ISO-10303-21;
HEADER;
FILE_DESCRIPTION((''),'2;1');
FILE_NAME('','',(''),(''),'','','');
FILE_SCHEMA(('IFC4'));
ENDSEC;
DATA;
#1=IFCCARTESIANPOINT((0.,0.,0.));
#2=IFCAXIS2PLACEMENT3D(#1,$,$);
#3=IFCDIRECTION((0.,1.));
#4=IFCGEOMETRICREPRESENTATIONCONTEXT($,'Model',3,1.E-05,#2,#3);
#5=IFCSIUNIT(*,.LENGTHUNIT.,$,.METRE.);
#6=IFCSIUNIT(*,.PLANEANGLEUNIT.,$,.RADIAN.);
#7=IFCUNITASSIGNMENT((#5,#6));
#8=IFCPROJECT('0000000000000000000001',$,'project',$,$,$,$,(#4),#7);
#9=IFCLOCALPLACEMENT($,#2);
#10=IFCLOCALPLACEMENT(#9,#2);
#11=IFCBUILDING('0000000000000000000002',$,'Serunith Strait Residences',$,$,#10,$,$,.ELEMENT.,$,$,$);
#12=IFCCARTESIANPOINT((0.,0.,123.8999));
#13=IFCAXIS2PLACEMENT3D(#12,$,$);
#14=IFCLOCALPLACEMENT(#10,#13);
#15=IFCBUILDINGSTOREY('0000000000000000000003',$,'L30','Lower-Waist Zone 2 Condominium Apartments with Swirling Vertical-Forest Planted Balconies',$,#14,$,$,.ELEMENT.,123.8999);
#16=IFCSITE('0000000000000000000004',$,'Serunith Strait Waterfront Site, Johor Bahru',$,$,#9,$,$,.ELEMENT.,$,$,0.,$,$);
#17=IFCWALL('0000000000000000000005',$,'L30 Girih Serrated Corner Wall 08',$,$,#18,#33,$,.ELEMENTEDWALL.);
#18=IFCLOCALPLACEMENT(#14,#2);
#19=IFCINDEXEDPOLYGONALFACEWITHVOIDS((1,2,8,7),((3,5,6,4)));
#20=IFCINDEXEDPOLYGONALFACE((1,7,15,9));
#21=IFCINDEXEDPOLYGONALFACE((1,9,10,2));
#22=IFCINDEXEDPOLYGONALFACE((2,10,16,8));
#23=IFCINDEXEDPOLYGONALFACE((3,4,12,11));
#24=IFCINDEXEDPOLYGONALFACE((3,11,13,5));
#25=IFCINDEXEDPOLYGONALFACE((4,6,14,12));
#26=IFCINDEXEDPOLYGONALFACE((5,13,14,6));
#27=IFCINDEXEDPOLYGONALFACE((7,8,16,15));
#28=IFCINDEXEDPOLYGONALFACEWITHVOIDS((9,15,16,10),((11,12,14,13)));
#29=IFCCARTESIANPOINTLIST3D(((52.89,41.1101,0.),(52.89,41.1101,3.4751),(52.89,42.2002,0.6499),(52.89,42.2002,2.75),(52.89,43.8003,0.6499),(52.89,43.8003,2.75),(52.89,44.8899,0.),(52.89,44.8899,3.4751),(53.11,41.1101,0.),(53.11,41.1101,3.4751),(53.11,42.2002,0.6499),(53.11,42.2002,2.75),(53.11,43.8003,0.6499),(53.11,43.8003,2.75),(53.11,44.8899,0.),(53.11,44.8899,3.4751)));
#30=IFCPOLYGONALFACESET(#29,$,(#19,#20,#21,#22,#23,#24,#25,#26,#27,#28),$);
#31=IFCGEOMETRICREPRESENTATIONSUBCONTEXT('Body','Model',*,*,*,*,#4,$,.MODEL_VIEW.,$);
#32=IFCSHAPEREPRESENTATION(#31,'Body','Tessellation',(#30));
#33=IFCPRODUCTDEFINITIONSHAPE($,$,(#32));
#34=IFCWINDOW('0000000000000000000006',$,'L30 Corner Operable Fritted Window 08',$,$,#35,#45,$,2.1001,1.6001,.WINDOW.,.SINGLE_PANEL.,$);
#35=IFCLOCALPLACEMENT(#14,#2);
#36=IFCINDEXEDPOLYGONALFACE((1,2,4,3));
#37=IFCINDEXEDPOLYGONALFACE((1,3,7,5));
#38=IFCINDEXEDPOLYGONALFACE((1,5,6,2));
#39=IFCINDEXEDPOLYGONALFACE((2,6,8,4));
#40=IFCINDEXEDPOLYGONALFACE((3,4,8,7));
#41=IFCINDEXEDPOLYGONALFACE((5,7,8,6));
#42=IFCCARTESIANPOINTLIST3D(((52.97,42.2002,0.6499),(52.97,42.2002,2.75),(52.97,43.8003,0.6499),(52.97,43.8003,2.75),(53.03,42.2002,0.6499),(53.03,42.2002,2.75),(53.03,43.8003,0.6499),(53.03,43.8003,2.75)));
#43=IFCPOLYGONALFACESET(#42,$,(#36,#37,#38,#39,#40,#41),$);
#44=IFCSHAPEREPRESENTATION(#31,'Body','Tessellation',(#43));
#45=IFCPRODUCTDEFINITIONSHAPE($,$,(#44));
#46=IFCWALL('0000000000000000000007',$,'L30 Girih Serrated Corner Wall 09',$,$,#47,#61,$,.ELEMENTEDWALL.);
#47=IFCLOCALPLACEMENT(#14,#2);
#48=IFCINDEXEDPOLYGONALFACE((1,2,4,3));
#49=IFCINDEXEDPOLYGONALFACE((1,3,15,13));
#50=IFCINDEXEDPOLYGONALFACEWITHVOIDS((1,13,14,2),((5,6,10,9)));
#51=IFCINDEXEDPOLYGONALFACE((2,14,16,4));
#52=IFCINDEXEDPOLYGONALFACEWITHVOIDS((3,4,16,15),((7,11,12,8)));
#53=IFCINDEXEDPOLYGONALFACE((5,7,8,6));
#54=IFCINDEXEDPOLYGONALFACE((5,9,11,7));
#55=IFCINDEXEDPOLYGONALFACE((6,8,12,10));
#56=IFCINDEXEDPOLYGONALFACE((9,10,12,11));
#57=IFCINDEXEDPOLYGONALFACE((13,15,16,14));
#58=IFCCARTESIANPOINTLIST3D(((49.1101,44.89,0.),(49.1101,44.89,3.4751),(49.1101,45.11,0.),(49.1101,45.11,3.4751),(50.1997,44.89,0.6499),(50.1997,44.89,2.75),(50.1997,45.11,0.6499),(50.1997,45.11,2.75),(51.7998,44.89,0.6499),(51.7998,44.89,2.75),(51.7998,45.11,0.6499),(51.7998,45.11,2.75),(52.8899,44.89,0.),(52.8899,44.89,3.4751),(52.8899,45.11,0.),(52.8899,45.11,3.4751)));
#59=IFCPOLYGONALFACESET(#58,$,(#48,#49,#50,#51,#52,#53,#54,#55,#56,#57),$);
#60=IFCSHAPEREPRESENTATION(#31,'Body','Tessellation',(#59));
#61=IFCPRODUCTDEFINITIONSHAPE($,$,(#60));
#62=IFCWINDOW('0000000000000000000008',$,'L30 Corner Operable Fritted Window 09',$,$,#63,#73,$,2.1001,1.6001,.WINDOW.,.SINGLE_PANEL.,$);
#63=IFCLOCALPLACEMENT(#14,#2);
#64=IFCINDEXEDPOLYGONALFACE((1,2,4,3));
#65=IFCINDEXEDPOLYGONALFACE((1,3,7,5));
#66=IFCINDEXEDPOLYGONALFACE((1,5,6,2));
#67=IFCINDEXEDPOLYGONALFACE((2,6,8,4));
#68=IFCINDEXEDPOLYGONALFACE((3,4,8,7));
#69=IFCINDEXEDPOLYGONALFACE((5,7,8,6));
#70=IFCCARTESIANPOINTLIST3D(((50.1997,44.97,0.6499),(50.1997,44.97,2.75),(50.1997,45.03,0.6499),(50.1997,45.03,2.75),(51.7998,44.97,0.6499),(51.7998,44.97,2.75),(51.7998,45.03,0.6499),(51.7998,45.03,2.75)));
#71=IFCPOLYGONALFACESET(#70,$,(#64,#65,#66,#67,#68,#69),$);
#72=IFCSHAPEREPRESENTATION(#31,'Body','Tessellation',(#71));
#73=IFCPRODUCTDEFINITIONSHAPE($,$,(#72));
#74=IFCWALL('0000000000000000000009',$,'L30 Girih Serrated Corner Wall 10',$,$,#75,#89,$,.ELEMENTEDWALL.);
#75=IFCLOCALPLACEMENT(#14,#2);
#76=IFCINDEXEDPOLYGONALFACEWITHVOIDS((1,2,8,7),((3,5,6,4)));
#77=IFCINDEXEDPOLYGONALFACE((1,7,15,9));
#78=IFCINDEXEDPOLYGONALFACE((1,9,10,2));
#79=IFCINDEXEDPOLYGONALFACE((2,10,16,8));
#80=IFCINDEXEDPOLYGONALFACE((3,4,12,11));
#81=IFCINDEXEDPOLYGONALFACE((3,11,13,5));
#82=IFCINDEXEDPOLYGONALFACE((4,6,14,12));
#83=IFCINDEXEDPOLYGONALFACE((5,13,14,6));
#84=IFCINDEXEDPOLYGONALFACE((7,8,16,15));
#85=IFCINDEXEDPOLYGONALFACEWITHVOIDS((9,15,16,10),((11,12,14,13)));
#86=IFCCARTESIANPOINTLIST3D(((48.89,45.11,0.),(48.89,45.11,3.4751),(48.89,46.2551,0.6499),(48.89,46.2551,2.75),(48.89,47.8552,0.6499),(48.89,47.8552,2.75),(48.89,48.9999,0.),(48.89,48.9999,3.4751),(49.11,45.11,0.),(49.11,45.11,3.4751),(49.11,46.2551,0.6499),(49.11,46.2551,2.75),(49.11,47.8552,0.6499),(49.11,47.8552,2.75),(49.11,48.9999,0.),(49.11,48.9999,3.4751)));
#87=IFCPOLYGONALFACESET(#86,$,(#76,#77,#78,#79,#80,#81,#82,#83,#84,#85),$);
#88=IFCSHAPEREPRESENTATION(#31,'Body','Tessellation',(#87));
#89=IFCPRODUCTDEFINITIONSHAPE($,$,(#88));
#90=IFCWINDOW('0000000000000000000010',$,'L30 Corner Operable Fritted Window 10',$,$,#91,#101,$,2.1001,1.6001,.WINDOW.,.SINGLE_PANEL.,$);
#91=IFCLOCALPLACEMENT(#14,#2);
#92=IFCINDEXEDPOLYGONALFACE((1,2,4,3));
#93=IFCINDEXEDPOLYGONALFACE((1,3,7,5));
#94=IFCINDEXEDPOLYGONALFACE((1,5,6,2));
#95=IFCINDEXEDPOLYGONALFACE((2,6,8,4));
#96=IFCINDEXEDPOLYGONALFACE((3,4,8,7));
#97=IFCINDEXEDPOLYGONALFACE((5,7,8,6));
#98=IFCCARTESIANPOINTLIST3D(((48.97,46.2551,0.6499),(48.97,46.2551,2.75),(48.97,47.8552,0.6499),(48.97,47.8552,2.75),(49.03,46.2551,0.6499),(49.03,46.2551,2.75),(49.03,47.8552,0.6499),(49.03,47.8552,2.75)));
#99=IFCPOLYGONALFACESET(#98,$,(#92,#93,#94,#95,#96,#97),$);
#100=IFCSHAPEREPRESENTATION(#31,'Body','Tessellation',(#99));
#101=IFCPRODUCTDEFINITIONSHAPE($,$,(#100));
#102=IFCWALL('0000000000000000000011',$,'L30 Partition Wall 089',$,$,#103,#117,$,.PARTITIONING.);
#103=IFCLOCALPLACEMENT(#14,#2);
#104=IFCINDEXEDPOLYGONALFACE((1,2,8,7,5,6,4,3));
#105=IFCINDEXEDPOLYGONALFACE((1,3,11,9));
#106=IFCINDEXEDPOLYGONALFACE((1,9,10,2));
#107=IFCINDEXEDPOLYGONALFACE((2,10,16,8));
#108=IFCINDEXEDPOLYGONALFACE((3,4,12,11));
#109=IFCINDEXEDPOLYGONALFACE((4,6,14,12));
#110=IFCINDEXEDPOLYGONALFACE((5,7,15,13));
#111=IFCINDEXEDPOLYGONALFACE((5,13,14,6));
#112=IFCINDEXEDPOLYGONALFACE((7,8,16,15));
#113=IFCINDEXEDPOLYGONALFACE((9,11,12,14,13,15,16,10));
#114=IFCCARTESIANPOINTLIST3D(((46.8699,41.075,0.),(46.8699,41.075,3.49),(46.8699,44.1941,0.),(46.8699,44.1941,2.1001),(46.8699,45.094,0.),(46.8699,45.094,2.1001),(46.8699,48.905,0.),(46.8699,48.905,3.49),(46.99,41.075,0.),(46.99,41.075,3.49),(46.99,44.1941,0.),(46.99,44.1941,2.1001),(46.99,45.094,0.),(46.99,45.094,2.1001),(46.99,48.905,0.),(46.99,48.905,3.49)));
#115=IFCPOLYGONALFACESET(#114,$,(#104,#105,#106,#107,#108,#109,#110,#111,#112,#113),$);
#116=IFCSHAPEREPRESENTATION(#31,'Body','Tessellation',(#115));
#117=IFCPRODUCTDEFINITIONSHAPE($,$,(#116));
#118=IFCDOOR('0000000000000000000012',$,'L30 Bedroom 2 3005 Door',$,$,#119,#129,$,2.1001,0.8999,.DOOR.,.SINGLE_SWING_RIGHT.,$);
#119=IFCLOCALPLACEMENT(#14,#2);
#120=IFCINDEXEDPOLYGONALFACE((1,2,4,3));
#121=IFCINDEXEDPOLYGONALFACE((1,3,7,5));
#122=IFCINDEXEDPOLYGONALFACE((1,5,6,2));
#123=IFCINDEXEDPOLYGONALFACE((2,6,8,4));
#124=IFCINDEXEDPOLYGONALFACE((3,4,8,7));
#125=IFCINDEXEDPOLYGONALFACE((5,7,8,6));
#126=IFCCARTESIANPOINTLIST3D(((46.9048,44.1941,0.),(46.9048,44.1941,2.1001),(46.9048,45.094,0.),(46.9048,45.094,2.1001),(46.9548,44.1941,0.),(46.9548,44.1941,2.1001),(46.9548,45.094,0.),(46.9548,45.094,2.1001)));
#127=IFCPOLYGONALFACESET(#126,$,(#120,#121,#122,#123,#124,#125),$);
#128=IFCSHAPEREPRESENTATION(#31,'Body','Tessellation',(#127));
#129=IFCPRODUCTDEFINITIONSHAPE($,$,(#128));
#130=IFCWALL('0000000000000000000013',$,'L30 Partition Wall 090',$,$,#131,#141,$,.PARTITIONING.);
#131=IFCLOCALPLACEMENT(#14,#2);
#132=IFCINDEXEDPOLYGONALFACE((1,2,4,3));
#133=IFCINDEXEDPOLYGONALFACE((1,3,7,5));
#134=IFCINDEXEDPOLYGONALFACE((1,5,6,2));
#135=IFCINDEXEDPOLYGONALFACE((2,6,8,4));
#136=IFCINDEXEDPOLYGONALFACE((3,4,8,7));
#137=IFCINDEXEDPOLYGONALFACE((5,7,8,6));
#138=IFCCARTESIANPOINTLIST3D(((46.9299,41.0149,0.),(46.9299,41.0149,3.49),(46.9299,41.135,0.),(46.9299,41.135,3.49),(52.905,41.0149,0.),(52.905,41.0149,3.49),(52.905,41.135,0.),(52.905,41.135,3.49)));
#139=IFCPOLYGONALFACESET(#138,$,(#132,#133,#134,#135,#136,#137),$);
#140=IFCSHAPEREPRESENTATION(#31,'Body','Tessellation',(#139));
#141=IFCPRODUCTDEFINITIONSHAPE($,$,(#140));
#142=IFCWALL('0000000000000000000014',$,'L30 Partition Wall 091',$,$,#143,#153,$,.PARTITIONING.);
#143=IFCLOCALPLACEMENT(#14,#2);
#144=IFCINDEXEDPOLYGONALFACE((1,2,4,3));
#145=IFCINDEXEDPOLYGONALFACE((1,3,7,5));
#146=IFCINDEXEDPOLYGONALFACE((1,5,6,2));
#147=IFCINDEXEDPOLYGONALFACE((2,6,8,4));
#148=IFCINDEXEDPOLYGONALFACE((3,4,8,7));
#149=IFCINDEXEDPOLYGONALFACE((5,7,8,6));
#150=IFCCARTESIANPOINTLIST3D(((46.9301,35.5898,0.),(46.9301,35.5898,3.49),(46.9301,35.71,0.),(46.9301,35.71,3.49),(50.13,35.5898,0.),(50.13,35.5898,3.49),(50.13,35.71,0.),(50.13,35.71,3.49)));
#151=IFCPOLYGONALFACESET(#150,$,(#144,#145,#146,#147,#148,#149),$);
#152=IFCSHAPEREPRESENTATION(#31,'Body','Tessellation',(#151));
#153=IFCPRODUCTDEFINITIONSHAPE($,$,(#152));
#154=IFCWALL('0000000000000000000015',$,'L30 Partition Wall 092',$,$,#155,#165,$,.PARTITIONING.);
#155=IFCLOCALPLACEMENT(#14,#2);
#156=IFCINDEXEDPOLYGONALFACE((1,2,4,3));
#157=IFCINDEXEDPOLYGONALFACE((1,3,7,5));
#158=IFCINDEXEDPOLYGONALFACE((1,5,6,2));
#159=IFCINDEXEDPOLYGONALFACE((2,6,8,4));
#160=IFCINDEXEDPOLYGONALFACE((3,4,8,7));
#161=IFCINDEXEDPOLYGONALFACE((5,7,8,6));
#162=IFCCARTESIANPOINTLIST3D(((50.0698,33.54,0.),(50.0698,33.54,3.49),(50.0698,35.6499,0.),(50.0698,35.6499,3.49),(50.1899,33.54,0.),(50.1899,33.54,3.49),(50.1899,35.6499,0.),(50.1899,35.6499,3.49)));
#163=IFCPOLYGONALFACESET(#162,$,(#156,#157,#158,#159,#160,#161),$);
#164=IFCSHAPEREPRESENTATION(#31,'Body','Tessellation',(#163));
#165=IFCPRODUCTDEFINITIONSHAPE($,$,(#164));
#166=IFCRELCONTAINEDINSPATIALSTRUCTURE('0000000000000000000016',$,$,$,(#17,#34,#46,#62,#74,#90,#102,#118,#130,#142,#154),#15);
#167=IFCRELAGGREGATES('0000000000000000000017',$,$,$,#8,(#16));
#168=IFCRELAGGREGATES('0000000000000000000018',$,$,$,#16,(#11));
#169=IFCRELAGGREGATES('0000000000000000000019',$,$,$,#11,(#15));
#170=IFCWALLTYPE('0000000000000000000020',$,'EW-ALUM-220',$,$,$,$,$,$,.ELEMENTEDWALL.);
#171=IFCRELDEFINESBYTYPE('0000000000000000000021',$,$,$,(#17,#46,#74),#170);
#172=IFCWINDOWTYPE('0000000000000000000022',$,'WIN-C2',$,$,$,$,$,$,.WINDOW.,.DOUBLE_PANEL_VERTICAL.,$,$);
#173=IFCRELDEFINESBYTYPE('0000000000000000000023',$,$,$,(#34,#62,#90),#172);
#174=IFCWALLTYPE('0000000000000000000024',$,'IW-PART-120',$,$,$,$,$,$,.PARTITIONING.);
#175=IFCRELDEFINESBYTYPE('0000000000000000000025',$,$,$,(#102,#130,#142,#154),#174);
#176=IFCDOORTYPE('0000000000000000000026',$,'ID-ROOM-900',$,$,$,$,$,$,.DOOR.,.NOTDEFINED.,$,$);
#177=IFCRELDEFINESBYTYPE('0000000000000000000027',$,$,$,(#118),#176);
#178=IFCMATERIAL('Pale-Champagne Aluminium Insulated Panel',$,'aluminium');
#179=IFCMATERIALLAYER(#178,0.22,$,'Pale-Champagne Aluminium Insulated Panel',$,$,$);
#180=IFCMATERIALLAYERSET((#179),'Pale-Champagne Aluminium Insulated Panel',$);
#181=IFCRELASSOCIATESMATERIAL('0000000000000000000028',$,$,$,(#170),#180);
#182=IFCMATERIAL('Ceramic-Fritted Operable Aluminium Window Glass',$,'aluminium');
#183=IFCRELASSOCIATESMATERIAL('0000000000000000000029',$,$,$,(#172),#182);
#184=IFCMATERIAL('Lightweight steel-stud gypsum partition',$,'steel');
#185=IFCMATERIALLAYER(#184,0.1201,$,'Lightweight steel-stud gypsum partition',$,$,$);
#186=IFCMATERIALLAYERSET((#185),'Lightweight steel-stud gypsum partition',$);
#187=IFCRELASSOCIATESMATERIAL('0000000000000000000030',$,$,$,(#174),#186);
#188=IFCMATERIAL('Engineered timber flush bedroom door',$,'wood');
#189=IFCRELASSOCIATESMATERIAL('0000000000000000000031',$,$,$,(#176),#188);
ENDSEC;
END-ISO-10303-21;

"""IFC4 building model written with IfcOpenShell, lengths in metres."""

from ifc_helpers import new_model, si_unit, direction, frame, frame_2d, origin, place, context, subcontext, project, spatial, rectangle, extrude, source, transform, mapped, material, layer, layer_set, type_object, element, fill, save


model = new_model("IFC4")

# Units and contexts
model_context = context("Model", 3, precision=1e-05, world=origin(), true_north=direction((0.0, 1.0)))
body_context = subcontext(model_context, "Body", "Model", "MODEL_VIEW")
ifc_project = project(units=[si_unit("LENGTHUNIT", "METRE"), si_unit("PLANEANGLEUNIT", "RADIAN")], contexts=[model_context])

# Site, building, storey
site_placement = place(None, origin())
site = spatial("IfcSite", under=ifc_project, at=site_placement, Name="Serunith Strait Waterfront Site, Johor Bahru", CompositionType="ELEMENT", RefElevation=0.0)
building_placement = place(site_placement, origin())
building = spatial("IfcBuilding", under=site, at=building_placement, Name="Serunith Strait Residences", CompositionType="ELEMENT")
storey_placement = place(building_placement, frame((0.0, 0.0, 123.8999)))
storey = spatial("IfcBuildingStorey", under=building, at=storey_placement, Name="L30", Description="Lower-Waist Zone 2 Condominium Apartments with Swirling Vertical-Forest Planted Balconies", CompositionType="ELEMENT", Elevation=123.8999)

# Walls, openings, windows
ifc_material_1 = material(Name="Pale-Champagne Aluminium Insulated Panel", Category="aluminium")
ifc_layer_1 = layer(ifc_material_1, 0.22, Name="Pale-Champagne Aluminium Insulated Panel")
ifc_layer_set_1 = layer_set([ifc_layer_1], Name="Pale-Champagne Aluminium Insulated Panel")
wall_type_1 = type_object("IfcWallType", Name="EW-ALUM-220", PredefinedType="ELEMENTEDWALL", material=ifc_layer_set_1)
ifc_material_2 = material(Name="Ceramic-Fritted Operable Aluminium Window Glass", Category="aluminium")
window_type = type_object("IfcWindowType", Name="WIN-C2", PartitioningType="DOUBLE_PANEL_VERTICAL", PredefinedType="WINDOW", material=ifc_material_2)
shared_shape_1 = source(origin(), body_context, "Body", "SweptSolid", [
    extrude(rectangle(XDim=1.6001, YDim=2.1001, at=frame_2d((0.8, 1.05))), frame((0.0, 0.03, 0.0), z_axis=(0.0, -1.0, 0.0), x_axis=(1.0, 0.0, 0.0)), (0.0, 0.0, 1.0), 0.0601),
])
wall_1_placement = place(storey_placement, frame((53.0, 41.1101, 0.0), z_axis=(0.0, 0.0, 1.0), x_axis=(0.0, 1.0, 0.0)))
wall_1 = element("IfcWall", 1, at=wall_1_placement, inside=storey, type_object=wall_type_1, Name="L30 Girih Serrated Corner Wall 08", PredefinedType="ELEMENTEDWALL", context=body_context, shape_type="SweptSolid", body=[
    extrude(rectangle(XDim=3.7798, YDim=0.22, at=frame_2d((1.8899, 0.0))), origin(), (0.0, 0.0, 1.0), 3.4751),
])
opening_1_placement = place(wall_1_placement, frame((1.0901, 0.0, 0.6499)))
opening_1 = element("IfcOpeningElement", 2, at=opening_1_placement, cuts=wall_1, PredefinedType="OPENING", context=body_context, shape_type="SweptSolid", body=[
    extrude(rectangle(XDim=1.6001, YDim=2.1001, at=frame_2d((0.8, 1.05))), frame((0.0, 0.1201, 0.0), z_axis=(0.0, -1.0, 0.0), x_axis=(1.0, 0.0, 0.0)), (0.0, 0.0, 1.0), 0.24),
])
window_1_placement = place(opening_1_placement, origin())
window_1 = element("IfcWindow", 3, at=window_1_placement, inside=storey, type_object=window_type, Name="L30 Corner Operable Fritted Window 08", OverallHeight=2.1001, OverallWidth=1.6001, PartitioningType="SINGLE_PANEL", PredefinedType="WINDOW", context=body_context, shape_type="MappedRepresentation", body=[
    mapped(shared_shape_1, transform((0.0, 0.0, 0.0), scale=1.0)),
])
fill(opening_1, window_1)
wall_2_placement = place(storey_placement, frame((52.8899, 45.0, 0.0), z_axis=(0.0, 0.0, 1.0), x_axis=(-1.0, 0.0, 0.0)))
wall_2 = element("IfcWall", 4, at=wall_2_placement, inside=storey, type_object=wall_type_1, Name="L30 Girih Serrated Corner Wall 09", PredefinedType="ELEMENTEDWALL", context=body_context, shape_type="SweptSolid", body=[
    extrude(rectangle(XDim=3.7798, YDim=0.22, at=frame_2d((1.8899, 0.0))), origin(), (0.0, 0.0, 1.0), 3.4751),
])
opening_2_placement = place(wall_2_placement, frame((1.0901, 0.0, 0.6499)))
opening_2 = element("IfcOpeningElement", 5, at=opening_2_placement, cuts=wall_2, PredefinedType="OPENING", context=body_context, shape_type="SweptSolid", body=[
    extrude(rectangle(XDim=1.6001, YDim=2.1001, at=frame_2d((0.8, 1.05))), frame((0.0, 0.1201, 0.0), z_axis=(0.0, -1.0, 0.0), x_axis=(1.0, 0.0, 0.0)), (0.0, 0.0, 1.0), 0.24),
])
window_2_placement = place(opening_2_placement, origin())
window_2 = element("IfcWindow", 6, at=window_2_placement, inside=storey, type_object=window_type, Name="L30 Corner Operable Fritted Window 09", OverallHeight=2.1001, OverallWidth=1.6001, PartitioningType="SINGLE_PANEL", PredefinedType="WINDOW", context=body_context, shape_type="MappedRepresentation", body=[
    mapped(shared_shape_1, transform((0.0, 0.0, 0.0), scale=1.0)),
])
fill(opening_2, window_2)
wall_3_placement = place(storey_placement, frame((49.0, 45.1101, 0.0), z_axis=(0.0, 0.0, 1.0), x_axis=(0.0, 1.0, 0.0)))
wall_3 = element("IfcWall", 7, at=wall_3_placement, inside=storey, type_object=wall_type_1, Name="L30 Girih Serrated Corner Wall 10", PredefinedType="ELEMENTEDWALL", context=body_context, shape_type="SweptSolid", body=[
    extrude(rectangle(XDim=3.8899, YDim=0.22, at=frame_2d((1.9448, 0.0))), origin(), (0.0, 0.0, 1.0), 3.4751),
])
opening_3_placement = place(wall_3_placement, frame((1.145, 0.0, 0.6499)))
opening_3 = element("IfcOpeningElement", 8, at=opening_3_placement, cuts=wall_3, PredefinedType="OPENING", context=body_context, shape_type="SweptSolid", body=[
    extrude(rectangle(XDim=1.6001, YDim=2.1001, at=frame_2d((0.8, 1.05))), frame((0.0, 0.1201, 0.0), z_axis=(0.0, -1.0, 0.0), x_axis=(1.0, 0.0, 0.0)), (0.0, 0.0, 1.0), 0.24),
])
window_3_placement = place(opening_3_placement, origin())
window_3 = element("IfcWindow", 9, at=window_3_placement, inside=storey, type_object=window_type, Name="L30 Corner Operable Fritted Window 10", OverallHeight=2.1001, OverallWidth=1.6001, PartitioningType="SINGLE_PANEL", PredefinedType="WINDOW", context=body_context, shape_type="MappedRepresentation", body=[
    mapped(shared_shape_1, transform((0.0, 0.0, 0.0), scale=1.0)),
])
fill(opening_3, window_3)

# Wall, opening, door
ifc_material_3 = material(Name="Lightweight steel-stud gypsum partition", Category="steel")
ifc_layer_2 = layer(ifc_material_3, 0.1201, Name="Lightweight steel-stud gypsum partition")
ifc_layer_set_2 = layer_set([ifc_layer_2], Name="Lightweight steel-stud gypsum partition")
wall_type_2 = type_object("IfcWallType", Name="IW-PART-120", PredefinedType="PARTITIONING", material=ifc_layer_set_2)
wall_4_placement = place(storey_placement, frame((46.9299, 48.905, 0.0), z_axis=(0.0, 0.0, 1.0), x_axis=(0.0, -1.0, 0.0)))
wall_4 = element("IfcWall", 10, at=wall_4_placement, inside=storey, type_object=wall_type_2, Name="L30 Partition Wall 089", PredefinedType="PARTITIONING", context=body_context, shape_type="SweptSolid", body=[
    extrude(rectangle(XDim=7.8301, YDim=0.1201, at=frame_2d((3.915, 0.0))), origin(), (0.0, 0.0, 1.0), 3.49),
])
opening_4_placement = place(wall_4_placement, frame((3.811, 0.0, 0.0)))
opening_4 = element("IfcOpeningElement", 11, at=opening_4_placement, cuts=wall_4, PredefinedType="OPENING", context=body_context, shape_type="SweptSolid", body=[
    extrude(rectangle(XDim=0.8999, YDim=2.1001, at=frame_2d((0.45, 1.05))), frame((0.0, 0.0701, 0.0), z_axis=(0.0, -1.0, 0.0), x_axis=(1.0, 0.0, 0.0)), (0.0, 0.0, 1.0), 0.1401),
])
ifc_material_4 = material(Name="Engineered timber flush bedroom door", Category="wood")
door_type_1 = type_object("IfcDoorType", Name="ID-ROOM-900", OperationType="NOTDEFINED", PredefinedType="DOOR", material=ifc_material_4)
shared_shape_2 = source(origin(), body_context, "Body", "SweptSolid", [
    extrude(rectangle(XDim=0.8999, YDim=2.1001, at=frame_2d((0.45, 1.05))), frame((0.0, 0.0249, 0.0), z_axis=(0.0, -1.0, 0.0), x_axis=(1.0, 0.0, 0.0)), (0.0, 0.0, 1.0), 0.05),
])
door_1_placement = place(opening_4_placement, origin())
door_1 = element("IfcDoor", 12, at=door_1_placement, inside=storey, type_object=door_type_1, Name="L30 Bedroom 2 3005 Door", OperationType="SINGLE_SWING_RIGHT", OverallHeight=2.1001, OverallWidth=0.8999, PredefinedType="DOOR", context=body_context, shape_type="MappedRepresentation", body=[
    mapped(shared_shape_2, transform((0.0, 0.0, 0.0), scale=1.0)),
])
fill(opening_4, door_1)

# Walls
wall_5_placement = place(storey_placement, frame((46.9299, 41.075, 0.0), z_axis=(0.0, 0.0, 1.0), x_axis=(1.0, 0.0, 0.0)))
element("IfcWall", 13, at=wall_5_placement, inside=storey, type_object=wall_type_2, Name="L30 Partition Wall 090", PredefinedType="PARTITIONING", context=body_context, shape_type="SweptSolid", body=[
    extrude(rectangle(XDim=5.9751, YDim=0.1201, at=frame_2d((2.9875, 0.0))), origin(), (0.0, 0.0, 1.0), 3.49),
])
wall_6_placement = place(storey_placement, frame((46.9299, 35.6499, 0.0), z_axis=(0.0, 0.0, 1.0), x_axis=(1.0, 0.0, 0.0)))
element("IfcWall", 14, at=wall_6_placement, inside=storey, type_object=wall_type_2, Name="L30 Partition Wall 091", PredefinedType="PARTITIONING", context=body_context, shape_type="SweptSolid", body=[
    extrude(rectangle(XDim=3.2, YDim=0.1201, at=frame_2d((1.6001, 0.0))), origin(), (0.0, 0.0, 1.0), 3.49),
])
wall_7_placement = place(storey_placement, frame((50.1299, 35.6499, 0.0), z_axis=(0.0, 0.0, 1.0), x_axis=(0.0, -1.0, 0.0)))
element("IfcWall", 15, at=wall_7_placement, inside=storey, type_object=wall_type_2, Name="L30 Partition Wall 092", PredefinedType="PARTITIONING", context=body_context, shape_type="SweptSolid", body=[
    extrude(rectangle(XDim=2.1099, YDim=0.1201, at=frame_2d((1.0549, 0.0))), origin(), (0.0, 0.0, 1.0), 3.49),
])

save(model, "model.ifc")
